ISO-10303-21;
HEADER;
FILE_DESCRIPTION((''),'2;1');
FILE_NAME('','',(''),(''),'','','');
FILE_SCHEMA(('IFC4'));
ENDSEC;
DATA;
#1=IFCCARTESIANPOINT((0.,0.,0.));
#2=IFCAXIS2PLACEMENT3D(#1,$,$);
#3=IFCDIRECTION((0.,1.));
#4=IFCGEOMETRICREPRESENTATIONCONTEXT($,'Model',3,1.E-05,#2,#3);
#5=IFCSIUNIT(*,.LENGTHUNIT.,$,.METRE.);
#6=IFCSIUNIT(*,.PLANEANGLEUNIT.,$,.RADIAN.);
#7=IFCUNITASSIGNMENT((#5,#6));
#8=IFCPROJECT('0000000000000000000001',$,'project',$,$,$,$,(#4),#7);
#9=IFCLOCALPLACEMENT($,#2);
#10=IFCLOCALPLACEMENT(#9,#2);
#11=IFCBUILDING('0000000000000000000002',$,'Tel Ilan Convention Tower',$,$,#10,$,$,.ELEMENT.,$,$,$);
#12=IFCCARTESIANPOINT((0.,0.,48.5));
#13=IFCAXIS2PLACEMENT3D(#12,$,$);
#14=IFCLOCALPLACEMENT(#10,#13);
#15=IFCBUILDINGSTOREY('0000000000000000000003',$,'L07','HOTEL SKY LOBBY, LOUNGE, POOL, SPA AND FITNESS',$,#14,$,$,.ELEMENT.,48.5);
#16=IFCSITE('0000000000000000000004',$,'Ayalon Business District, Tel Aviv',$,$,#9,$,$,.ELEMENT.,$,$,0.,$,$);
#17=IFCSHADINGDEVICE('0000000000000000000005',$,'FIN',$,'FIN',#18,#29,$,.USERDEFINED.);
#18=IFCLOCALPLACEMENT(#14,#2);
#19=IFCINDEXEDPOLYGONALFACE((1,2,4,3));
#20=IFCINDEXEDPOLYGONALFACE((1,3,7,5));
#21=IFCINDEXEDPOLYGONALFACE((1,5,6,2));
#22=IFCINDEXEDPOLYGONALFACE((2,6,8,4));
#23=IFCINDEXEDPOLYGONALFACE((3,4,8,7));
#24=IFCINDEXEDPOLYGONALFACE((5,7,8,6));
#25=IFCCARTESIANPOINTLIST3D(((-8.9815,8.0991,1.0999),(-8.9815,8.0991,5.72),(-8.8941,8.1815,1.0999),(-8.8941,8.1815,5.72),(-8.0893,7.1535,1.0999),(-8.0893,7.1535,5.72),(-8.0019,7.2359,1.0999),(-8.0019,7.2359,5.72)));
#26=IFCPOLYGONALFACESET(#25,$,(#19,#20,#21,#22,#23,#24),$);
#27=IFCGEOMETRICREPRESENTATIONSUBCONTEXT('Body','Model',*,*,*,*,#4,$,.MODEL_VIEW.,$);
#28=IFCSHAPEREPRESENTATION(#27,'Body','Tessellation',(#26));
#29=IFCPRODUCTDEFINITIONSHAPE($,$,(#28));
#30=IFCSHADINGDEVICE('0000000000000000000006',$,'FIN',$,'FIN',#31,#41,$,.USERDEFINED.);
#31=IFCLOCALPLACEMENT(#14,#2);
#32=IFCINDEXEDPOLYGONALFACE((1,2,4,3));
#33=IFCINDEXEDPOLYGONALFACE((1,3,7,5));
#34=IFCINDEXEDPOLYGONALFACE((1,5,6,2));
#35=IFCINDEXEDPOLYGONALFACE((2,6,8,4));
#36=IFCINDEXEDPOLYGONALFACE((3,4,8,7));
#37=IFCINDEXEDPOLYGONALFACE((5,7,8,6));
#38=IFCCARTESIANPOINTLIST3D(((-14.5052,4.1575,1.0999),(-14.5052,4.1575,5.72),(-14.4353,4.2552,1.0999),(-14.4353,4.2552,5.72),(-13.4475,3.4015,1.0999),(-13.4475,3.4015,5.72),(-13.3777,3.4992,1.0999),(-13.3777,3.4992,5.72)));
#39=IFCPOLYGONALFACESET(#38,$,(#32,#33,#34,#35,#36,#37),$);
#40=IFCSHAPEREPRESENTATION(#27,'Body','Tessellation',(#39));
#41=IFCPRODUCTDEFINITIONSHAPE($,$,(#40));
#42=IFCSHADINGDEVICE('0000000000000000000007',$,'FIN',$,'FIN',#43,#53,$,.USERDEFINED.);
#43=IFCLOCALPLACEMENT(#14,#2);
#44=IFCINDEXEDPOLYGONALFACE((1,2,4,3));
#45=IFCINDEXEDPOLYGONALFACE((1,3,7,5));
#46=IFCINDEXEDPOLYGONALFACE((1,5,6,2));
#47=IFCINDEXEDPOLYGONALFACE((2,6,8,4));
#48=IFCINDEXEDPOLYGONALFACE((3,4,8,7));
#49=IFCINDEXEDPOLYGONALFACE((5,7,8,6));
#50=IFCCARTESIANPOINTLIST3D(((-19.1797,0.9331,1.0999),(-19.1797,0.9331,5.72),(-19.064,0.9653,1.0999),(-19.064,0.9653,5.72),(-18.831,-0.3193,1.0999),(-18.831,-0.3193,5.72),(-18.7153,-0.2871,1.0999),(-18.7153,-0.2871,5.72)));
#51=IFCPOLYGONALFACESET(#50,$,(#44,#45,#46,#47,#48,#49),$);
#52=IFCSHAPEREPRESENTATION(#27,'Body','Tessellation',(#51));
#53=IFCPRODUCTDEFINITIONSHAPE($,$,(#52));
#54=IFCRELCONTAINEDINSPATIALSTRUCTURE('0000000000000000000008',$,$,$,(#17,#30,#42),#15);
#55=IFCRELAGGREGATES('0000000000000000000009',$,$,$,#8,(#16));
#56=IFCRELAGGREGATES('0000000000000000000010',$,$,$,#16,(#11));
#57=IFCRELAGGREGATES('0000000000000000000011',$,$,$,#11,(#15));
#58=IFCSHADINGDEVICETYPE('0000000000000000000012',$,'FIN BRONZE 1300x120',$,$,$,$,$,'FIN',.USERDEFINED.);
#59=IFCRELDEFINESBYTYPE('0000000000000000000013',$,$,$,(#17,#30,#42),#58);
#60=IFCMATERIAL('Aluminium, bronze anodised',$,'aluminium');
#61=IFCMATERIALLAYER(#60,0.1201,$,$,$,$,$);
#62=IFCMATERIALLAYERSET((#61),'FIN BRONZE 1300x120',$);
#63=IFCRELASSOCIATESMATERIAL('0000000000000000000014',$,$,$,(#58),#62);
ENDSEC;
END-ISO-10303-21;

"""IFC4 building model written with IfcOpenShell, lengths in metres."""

from ifc_helpers import new_model, si_unit, direction, frame, origin, origin_2d, place, context, subcontext, project, spatial, rectangle, extrude, material, layer, layer_set, type_object, element, save


model = new_model("IFC4")

# Units and contexts
model_context = context("Model", 3, precision=1e-05, world=origin(), true_north=direction((0.0, 1.0)))
body_context = subcontext(model_context, "Body", "Model", "MODEL_VIEW")
ifc_project = project(units=[si_unit("LENGTHUNIT", "METRE"), si_unit("PLANEANGLEUNIT", "RADIAN")], contexts=[model_context])

# Site, building, storey
site_placement = place(None, origin())
site = spatial("IfcSite", under=ifc_project, at=site_placement, Name="Ayalon Business District, Tel Aviv", CompositionType="ELEMENT", RefElevation=0.0)
building_placement = place(site_placement, origin())
building = spatial("IfcBuilding", under=site, at=building_placement, Name="Tel Ilan Convention Tower", CompositionType="ELEMENT")
storey_placement = place(building_placement, frame((0.0, 0.0, 48.5)))
storey = spatial("IfcBuildingStorey", under=building, at=storey_placement, Name="L07", Description="HOTEL SKY LOBBY, LOUNGE, POOL, SPA AND FITNESS", CompositionType="ELEMENT", Elevation=48.5)

# Shading devices
ifc_material_1 = material(Name="Aluminium, bronze anodised", Category="aluminium")
ifc_layer_1 = layer(ifc_material_1, 0.1201)
ifc_layer_set_1 = layer_set([ifc_layer_1], Name="FIN BRONZE 1300x120")
shading_device_type = type_object("IfcShadingDeviceType", Name="FIN BRONZE 1300x120", ElementType="FIN", PredefinedType="USERDEFINED", material=ifc_layer_set_1)
for number, where, z_axis, x_axis, name in (
    (1, (-8.4917, 7.6675, 1.0999), (0.0, 0.0, 1.0), (-0.686242, 0.727374, 0.0), "FIN"),
    (2, (-13.9414, 3.8284, 1.0999), (0.0, 0.0, 1.0), (-0.813552, 0.581492, 0.0), "FIN"),
    (3, (-18.9475, 0.323, 1.0999), (0.0, 0.0, 1.0), (-0.268173, 0.963371, 0.0), "FIN"),
):
    element("IfcShadingDevice", number, at=place(storey_placement, frame(where, z_axis=z_axis, x_axis=x_axis)), inside=storey, type_object=shading_device_type, Name=name, ObjectType="FIN", PredefinedType="USERDEFINED", context=body_context, shape_type="SweptSolid", body=[
        extrude(rectangle(XDim=1.3, YDim=0.1201, at=origin_2d()), origin(), (0.0, 0.0, 1.0), 4.6201),
    ])

save(model, "model.ifc")
